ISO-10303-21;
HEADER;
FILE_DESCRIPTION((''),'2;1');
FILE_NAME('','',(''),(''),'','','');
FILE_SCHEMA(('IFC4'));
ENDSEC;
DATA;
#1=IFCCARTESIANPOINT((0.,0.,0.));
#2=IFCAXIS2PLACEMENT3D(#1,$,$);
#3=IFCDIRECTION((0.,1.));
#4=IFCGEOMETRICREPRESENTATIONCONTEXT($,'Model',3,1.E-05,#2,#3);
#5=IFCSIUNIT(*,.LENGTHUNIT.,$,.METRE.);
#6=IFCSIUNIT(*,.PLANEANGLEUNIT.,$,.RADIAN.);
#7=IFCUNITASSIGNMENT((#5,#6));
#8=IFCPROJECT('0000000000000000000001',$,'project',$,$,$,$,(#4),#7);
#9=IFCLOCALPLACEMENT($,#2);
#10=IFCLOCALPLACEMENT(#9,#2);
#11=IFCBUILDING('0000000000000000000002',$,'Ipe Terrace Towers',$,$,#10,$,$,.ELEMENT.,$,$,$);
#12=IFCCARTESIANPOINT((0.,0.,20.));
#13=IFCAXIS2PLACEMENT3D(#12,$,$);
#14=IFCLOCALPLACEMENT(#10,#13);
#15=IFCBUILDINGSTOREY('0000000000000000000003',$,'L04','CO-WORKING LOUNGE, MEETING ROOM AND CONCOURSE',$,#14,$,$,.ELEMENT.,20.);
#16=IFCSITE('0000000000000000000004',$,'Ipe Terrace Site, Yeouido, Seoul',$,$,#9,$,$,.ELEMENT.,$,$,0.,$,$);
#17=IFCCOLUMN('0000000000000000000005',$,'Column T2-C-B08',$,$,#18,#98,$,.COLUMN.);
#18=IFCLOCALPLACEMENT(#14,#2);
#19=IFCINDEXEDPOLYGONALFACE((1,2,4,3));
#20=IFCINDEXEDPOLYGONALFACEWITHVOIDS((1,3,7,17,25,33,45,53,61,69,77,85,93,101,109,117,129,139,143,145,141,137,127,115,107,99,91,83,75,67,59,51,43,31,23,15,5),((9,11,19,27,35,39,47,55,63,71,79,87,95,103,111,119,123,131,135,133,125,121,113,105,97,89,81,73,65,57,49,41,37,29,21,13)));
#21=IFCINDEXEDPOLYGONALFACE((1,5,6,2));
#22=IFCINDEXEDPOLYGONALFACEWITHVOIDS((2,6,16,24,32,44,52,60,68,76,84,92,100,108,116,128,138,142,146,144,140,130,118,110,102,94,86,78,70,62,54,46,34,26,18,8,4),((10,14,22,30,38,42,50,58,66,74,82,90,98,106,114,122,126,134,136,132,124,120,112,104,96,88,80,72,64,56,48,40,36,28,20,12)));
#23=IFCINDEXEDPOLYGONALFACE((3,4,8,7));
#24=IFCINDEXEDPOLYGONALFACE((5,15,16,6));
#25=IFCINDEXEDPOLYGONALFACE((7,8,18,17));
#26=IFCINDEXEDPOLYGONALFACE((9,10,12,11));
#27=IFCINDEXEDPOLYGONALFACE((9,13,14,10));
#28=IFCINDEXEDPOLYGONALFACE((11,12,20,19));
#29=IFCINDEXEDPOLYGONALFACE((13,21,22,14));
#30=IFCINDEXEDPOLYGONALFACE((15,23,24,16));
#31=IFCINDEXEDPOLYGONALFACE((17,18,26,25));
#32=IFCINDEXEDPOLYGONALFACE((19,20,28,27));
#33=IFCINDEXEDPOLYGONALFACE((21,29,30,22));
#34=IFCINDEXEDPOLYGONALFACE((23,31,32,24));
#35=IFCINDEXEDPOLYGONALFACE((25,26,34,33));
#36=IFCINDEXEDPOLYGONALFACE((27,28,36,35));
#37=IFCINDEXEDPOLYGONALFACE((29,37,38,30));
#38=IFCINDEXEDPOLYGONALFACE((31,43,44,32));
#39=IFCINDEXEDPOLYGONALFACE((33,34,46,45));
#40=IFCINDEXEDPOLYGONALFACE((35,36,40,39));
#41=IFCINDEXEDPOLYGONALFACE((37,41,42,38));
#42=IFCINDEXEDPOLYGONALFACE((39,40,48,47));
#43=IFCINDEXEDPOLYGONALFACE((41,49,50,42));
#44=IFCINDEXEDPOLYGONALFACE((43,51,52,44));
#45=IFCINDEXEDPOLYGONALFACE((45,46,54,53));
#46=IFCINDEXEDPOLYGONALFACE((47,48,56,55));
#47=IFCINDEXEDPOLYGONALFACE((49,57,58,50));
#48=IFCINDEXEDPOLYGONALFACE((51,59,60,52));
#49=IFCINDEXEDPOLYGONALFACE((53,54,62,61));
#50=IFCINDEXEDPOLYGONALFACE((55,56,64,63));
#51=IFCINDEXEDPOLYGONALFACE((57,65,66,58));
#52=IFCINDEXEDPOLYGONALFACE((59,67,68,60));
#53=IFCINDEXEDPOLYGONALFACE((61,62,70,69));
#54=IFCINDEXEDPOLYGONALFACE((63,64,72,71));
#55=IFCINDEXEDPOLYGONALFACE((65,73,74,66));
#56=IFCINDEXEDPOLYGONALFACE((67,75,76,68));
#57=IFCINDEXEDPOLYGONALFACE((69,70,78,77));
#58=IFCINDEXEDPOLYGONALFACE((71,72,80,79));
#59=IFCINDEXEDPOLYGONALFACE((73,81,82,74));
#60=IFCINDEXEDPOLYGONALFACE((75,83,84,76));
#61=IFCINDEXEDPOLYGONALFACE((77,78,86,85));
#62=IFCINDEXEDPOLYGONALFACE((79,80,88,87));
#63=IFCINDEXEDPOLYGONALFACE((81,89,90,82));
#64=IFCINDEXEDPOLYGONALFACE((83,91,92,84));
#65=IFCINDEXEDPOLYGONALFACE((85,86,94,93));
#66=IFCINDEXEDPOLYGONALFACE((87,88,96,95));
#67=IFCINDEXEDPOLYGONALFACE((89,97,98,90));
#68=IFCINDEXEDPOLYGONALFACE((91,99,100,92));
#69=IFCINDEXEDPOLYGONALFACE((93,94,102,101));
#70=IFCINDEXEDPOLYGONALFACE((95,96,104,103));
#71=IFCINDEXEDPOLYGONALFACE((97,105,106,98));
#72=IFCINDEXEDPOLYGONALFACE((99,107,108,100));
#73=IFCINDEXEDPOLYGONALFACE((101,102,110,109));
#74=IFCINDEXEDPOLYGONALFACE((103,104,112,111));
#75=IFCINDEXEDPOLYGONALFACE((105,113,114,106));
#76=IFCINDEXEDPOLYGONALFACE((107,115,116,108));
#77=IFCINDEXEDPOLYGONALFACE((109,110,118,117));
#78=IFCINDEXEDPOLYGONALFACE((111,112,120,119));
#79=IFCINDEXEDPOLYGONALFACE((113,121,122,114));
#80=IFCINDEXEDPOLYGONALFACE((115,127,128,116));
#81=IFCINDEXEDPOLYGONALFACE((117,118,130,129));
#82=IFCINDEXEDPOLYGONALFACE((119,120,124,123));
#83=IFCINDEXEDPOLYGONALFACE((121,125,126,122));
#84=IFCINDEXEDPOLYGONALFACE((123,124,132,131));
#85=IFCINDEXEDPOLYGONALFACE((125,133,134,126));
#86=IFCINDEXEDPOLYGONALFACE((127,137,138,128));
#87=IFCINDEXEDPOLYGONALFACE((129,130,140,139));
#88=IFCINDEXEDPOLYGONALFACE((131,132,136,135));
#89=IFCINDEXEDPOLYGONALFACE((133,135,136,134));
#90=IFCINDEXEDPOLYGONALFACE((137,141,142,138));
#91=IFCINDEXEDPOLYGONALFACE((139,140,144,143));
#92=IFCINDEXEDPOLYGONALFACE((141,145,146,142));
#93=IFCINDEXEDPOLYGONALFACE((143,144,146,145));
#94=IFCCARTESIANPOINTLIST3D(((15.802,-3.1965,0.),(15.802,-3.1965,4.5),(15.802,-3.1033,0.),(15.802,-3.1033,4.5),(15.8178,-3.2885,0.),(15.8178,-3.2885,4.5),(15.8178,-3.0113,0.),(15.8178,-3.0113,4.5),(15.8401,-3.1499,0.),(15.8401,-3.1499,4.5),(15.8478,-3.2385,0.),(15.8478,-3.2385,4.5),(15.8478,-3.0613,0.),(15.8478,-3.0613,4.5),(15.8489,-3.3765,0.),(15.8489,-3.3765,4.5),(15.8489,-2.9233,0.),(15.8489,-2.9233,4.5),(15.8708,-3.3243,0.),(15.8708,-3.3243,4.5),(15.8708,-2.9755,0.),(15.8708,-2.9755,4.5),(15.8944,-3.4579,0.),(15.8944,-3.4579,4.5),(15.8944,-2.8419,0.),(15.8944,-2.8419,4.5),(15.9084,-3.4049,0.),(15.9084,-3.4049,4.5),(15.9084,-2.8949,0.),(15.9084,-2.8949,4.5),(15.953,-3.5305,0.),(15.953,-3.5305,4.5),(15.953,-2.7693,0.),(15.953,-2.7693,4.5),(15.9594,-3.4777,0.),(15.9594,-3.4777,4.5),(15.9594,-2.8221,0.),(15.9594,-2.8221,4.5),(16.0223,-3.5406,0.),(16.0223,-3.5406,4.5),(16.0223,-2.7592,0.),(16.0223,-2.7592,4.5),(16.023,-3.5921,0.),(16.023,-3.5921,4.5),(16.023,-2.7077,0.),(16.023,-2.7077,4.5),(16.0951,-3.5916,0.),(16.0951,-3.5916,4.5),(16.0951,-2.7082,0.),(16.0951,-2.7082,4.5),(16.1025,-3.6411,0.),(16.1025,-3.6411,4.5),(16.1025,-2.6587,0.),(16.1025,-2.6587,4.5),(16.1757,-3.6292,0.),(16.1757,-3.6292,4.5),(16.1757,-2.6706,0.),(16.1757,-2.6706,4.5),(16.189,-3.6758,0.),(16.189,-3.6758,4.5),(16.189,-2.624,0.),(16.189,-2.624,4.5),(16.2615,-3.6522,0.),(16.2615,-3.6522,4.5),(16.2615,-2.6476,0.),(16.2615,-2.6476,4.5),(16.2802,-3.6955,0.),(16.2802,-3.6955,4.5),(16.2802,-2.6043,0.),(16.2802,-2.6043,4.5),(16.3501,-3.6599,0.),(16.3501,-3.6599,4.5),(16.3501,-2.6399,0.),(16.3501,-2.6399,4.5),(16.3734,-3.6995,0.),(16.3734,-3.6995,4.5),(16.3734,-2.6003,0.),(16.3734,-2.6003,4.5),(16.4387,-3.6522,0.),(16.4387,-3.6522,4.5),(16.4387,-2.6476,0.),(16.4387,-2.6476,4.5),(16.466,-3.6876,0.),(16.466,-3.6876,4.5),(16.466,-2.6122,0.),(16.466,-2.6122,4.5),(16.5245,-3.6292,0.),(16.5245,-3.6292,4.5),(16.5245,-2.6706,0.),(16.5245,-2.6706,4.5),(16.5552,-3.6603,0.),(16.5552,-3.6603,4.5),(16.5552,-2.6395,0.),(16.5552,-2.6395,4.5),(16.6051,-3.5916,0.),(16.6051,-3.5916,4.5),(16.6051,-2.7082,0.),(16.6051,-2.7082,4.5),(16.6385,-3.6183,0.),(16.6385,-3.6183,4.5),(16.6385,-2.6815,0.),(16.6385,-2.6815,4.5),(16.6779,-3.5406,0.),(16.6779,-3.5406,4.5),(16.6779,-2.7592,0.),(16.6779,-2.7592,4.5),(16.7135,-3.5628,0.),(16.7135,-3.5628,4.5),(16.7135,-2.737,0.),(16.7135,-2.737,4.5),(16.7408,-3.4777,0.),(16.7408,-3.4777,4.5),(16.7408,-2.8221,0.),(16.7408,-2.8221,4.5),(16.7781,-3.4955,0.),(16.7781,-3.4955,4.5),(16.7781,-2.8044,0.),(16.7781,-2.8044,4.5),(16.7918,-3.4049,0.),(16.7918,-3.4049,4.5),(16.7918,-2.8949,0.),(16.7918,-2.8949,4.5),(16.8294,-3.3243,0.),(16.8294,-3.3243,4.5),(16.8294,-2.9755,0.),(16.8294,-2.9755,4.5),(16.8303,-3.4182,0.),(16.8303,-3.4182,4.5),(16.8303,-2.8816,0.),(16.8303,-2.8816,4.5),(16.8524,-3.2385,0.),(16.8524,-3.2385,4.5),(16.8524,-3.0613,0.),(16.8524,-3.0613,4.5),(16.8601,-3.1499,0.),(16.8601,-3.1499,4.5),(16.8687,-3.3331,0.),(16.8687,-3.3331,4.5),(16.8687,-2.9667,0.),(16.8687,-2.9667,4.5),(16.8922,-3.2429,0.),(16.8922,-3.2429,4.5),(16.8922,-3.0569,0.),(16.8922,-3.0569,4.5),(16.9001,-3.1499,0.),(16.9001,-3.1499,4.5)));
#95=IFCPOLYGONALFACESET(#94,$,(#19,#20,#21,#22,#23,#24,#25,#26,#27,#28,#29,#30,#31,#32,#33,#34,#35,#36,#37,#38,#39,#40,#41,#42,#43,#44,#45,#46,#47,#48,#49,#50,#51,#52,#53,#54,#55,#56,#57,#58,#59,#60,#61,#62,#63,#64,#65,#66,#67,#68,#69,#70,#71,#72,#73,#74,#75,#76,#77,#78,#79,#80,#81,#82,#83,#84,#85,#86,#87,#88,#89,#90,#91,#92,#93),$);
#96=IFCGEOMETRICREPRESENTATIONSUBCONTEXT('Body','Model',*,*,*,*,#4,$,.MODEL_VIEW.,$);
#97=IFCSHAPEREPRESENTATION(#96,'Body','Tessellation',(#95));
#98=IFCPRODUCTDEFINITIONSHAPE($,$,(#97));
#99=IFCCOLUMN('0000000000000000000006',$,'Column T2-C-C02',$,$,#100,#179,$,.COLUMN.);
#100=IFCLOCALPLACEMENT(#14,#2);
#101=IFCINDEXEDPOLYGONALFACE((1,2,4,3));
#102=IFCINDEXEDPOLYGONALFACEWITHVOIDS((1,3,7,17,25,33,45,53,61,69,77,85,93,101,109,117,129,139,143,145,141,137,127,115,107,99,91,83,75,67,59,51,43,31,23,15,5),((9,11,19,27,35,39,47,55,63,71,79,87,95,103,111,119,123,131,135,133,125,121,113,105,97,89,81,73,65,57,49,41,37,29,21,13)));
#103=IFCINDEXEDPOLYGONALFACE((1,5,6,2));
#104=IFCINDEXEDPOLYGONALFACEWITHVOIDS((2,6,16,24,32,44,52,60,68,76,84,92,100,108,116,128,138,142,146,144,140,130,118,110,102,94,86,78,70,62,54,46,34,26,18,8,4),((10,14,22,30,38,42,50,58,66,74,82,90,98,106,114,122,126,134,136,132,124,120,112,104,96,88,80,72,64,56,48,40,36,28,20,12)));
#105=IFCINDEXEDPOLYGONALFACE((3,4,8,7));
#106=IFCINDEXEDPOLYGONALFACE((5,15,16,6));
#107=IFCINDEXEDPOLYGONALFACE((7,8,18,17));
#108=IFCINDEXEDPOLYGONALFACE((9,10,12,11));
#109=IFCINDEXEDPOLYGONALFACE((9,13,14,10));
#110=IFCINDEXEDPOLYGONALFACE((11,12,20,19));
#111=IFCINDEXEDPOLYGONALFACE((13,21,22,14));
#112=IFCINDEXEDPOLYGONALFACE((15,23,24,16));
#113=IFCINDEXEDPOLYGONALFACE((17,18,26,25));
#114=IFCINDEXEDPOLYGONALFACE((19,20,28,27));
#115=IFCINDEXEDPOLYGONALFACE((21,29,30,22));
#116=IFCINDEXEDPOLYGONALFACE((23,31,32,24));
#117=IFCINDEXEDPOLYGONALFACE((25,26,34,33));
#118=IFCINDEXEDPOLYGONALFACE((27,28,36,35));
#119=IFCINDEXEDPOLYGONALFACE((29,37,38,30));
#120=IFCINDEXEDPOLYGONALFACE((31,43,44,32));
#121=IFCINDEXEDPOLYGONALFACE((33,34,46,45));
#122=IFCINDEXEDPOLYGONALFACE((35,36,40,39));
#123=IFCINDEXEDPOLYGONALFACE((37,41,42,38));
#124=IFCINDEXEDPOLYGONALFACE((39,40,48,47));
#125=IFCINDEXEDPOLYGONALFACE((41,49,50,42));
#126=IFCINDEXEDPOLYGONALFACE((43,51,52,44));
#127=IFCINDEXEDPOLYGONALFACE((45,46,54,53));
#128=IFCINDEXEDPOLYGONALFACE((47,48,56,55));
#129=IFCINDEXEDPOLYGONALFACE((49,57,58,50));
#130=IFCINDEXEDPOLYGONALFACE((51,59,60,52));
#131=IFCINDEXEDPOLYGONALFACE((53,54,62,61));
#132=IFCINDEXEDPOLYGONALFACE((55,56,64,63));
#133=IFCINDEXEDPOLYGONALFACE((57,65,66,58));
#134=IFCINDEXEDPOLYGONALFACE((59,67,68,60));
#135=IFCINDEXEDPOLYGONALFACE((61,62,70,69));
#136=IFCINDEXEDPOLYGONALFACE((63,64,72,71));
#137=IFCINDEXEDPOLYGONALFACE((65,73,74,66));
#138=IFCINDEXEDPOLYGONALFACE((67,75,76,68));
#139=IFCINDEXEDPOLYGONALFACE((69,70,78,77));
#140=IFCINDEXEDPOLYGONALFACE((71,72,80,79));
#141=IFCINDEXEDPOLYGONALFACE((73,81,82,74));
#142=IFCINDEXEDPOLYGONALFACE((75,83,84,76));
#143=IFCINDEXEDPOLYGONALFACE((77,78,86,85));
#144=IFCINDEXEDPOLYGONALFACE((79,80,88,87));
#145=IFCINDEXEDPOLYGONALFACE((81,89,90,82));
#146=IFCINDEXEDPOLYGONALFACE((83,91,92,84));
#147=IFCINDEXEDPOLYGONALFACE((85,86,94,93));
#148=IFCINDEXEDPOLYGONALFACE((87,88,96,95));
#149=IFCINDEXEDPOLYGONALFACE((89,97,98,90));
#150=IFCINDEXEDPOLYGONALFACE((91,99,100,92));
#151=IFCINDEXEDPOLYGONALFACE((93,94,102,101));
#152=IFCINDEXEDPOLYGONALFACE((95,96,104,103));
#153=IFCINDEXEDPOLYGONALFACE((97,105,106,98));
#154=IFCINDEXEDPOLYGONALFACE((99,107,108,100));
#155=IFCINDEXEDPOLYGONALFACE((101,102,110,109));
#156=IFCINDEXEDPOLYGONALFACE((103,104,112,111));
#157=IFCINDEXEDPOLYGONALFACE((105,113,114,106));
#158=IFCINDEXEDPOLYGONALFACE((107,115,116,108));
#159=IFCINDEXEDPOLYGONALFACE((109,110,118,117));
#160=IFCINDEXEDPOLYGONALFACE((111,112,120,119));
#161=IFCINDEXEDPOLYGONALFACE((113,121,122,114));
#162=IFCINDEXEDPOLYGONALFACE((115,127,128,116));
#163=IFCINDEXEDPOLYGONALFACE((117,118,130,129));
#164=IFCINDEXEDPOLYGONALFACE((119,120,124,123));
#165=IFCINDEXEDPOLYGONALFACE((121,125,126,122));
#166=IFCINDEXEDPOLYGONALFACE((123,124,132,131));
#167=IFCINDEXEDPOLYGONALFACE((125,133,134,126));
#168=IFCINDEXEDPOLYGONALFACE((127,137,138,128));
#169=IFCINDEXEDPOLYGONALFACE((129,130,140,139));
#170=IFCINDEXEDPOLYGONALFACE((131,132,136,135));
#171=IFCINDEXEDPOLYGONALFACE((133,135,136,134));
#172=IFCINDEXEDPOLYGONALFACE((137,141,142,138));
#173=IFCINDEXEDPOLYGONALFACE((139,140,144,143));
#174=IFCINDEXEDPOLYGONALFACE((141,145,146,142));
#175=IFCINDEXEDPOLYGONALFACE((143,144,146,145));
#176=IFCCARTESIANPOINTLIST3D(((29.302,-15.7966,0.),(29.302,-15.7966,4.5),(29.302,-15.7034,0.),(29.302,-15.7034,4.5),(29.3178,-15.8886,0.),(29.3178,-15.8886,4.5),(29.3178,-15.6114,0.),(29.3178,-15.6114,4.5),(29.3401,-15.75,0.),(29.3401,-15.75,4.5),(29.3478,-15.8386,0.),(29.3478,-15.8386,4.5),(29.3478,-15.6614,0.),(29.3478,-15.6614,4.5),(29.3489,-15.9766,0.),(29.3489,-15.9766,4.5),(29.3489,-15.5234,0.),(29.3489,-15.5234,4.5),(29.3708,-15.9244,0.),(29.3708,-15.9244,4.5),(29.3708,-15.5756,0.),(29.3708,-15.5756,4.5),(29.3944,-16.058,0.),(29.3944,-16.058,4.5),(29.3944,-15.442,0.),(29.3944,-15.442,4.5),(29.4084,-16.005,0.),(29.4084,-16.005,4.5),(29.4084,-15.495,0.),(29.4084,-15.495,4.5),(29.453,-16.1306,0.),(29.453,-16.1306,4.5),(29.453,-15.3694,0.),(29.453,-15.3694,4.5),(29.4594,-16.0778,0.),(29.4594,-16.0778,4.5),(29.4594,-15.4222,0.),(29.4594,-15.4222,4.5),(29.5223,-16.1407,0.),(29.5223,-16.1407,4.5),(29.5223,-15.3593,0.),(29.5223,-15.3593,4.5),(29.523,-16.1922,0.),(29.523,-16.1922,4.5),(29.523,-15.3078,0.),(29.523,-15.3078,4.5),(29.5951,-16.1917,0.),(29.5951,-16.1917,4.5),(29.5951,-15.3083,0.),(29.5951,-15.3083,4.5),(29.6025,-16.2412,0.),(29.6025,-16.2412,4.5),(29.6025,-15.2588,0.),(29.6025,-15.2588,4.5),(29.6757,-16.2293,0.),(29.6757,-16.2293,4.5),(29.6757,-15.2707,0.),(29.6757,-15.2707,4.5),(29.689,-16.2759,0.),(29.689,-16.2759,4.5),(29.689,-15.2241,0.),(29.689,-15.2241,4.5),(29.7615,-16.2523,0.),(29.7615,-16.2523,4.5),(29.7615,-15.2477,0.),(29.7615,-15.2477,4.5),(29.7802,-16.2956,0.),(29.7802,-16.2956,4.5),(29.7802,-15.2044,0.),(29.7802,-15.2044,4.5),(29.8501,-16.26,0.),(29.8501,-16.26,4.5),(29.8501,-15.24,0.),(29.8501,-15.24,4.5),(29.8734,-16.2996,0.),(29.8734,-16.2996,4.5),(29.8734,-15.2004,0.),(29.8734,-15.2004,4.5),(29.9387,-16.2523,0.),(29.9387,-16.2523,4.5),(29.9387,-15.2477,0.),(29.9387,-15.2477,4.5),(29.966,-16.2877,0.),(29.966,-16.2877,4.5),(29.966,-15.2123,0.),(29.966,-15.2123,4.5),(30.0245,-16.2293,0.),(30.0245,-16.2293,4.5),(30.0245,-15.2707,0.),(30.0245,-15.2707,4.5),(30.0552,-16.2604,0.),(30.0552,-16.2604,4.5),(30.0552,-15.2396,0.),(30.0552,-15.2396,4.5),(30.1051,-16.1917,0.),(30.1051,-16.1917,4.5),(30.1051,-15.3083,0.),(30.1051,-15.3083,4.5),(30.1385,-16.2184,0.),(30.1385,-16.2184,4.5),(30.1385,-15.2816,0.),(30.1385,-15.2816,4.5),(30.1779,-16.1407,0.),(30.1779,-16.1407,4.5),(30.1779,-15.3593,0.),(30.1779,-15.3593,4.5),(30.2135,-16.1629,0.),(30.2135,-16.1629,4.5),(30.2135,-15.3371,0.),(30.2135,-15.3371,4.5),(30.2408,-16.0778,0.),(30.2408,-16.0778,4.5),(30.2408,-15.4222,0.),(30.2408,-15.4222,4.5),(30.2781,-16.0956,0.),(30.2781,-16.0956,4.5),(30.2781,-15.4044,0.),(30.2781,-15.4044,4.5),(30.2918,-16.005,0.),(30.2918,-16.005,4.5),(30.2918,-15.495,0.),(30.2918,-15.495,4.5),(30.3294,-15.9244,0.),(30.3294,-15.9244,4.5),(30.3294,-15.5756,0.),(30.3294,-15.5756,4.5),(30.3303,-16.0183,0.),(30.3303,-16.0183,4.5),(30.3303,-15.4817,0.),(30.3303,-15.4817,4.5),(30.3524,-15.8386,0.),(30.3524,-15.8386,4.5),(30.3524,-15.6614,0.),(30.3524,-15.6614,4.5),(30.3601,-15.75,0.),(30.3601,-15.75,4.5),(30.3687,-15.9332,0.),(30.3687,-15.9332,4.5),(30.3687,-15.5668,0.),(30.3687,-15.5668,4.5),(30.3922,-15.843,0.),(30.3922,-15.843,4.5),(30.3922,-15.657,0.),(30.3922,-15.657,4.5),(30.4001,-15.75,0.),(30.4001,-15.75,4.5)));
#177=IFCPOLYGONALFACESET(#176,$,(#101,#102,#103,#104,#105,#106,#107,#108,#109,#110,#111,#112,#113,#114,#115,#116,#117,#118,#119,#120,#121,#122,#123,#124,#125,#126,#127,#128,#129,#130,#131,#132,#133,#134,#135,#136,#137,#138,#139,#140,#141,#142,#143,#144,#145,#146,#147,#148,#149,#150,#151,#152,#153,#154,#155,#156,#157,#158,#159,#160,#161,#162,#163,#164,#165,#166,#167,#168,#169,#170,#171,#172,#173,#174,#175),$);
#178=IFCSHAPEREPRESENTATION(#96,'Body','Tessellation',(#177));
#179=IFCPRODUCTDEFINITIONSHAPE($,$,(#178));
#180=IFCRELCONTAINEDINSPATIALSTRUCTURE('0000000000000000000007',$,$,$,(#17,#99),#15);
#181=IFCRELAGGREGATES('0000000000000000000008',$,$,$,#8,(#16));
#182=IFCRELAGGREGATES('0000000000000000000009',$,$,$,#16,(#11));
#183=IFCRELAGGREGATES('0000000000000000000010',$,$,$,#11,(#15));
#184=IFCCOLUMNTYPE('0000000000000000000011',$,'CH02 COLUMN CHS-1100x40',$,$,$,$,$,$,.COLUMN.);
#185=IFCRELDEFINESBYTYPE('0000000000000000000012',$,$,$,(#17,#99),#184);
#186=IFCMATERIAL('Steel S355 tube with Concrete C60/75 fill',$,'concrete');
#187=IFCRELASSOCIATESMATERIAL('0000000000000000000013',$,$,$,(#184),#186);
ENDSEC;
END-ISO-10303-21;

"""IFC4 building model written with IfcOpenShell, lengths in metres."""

from ifc_helpers import new_model, si_unit, direction, frame, origin, origin_2d, place, context, subcontext, project, spatial, hollow_circle, extrude, material, material_profile, profile_set, type_object, element, save


model = new_model("IFC4")

# Units and contexts
model_context = context("Model", 3, precision=1e-05, world=origin(), true_north=direction((0.0, 1.0)))
body_context = subcontext(model_context, "Body", "Model", "MODEL_VIEW")
ifc_project = project(units=[si_unit("LENGTHUNIT", "METRE"), si_unit("PLANEANGLEUNIT", "RADIAN")], contexts=[model_context])

# Site, building, storey
site_placement = place(None, origin())
site = spatial("IfcSite", under=ifc_project, at=site_placement, Name="Ipe Terrace Site, Yeouido, Seoul", CompositionType="ELEMENT", RefElevation=0.0)
building_placement = place(site_placement, origin())
building = spatial("IfcBuilding", under=site, at=building_placement, Name="Ipe Terrace Towers", CompositionType="ELEMENT")
storey_placement = place(building_placement, frame((0.0, 0.0, 20.0)))
storey = spatial("IfcBuildingStorey", under=building, at=storey_placement, Name="L04", Description="CO-WORKING LOUNGE, MEETING ROOM AND CONCOURSE", CompositionType="ELEMENT", Elevation=20.0)

# Columns
ifc_material_1 = material(Name="Steel S355 tube with Concrete C60/75 fill", Category="concrete")
ifc_material_profile_1 = material_profile(ifc_material_1, hollow_circle(Radius=0.55, WallThickness=0.04, at=origin_2d()), Name="CHS-1100x40")
ifc_profile_set_1 = profile_set([ifc_material_profile_1], Name="Steel S355 tube with Concrete C60/75 fill")
column_type_1 = type_object("IfcColumnType", Name="CH02 COLUMN CHS-1100x40", PredefinedType="COLUMN", material=ifc_profile_set_1)
for number, where, z_axis, x_axis, name in (
    (1, (16.3501, -3.1499, 0.0), (0.0, 0.0, 1.0), (1.0, 0.0, 0.0), "Column T2-C-B08"),
    (2, (29.8501, -15.75, 0.0), (0.0, 0.0, 1.0), (1.0, 0.0, 0.0), "Column T2-C-C02"),
):
    element("IfcColumn", number, at=place(storey_placement, frame(where, z_axis=z_axis, x_axis=x_axis)), inside=storey, type_object=column_type_1, Name=name, PredefinedType="COLUMN", context=body_context, shape_type="SweptSolid", body=[
        extrude(hollow_circle(Radius=0.55, WallThickness=0.04, at=origin_2d()), origin(), (0.0, 0.0, 1.0), 4.5),
    ])

save(model, "model.ifc")
